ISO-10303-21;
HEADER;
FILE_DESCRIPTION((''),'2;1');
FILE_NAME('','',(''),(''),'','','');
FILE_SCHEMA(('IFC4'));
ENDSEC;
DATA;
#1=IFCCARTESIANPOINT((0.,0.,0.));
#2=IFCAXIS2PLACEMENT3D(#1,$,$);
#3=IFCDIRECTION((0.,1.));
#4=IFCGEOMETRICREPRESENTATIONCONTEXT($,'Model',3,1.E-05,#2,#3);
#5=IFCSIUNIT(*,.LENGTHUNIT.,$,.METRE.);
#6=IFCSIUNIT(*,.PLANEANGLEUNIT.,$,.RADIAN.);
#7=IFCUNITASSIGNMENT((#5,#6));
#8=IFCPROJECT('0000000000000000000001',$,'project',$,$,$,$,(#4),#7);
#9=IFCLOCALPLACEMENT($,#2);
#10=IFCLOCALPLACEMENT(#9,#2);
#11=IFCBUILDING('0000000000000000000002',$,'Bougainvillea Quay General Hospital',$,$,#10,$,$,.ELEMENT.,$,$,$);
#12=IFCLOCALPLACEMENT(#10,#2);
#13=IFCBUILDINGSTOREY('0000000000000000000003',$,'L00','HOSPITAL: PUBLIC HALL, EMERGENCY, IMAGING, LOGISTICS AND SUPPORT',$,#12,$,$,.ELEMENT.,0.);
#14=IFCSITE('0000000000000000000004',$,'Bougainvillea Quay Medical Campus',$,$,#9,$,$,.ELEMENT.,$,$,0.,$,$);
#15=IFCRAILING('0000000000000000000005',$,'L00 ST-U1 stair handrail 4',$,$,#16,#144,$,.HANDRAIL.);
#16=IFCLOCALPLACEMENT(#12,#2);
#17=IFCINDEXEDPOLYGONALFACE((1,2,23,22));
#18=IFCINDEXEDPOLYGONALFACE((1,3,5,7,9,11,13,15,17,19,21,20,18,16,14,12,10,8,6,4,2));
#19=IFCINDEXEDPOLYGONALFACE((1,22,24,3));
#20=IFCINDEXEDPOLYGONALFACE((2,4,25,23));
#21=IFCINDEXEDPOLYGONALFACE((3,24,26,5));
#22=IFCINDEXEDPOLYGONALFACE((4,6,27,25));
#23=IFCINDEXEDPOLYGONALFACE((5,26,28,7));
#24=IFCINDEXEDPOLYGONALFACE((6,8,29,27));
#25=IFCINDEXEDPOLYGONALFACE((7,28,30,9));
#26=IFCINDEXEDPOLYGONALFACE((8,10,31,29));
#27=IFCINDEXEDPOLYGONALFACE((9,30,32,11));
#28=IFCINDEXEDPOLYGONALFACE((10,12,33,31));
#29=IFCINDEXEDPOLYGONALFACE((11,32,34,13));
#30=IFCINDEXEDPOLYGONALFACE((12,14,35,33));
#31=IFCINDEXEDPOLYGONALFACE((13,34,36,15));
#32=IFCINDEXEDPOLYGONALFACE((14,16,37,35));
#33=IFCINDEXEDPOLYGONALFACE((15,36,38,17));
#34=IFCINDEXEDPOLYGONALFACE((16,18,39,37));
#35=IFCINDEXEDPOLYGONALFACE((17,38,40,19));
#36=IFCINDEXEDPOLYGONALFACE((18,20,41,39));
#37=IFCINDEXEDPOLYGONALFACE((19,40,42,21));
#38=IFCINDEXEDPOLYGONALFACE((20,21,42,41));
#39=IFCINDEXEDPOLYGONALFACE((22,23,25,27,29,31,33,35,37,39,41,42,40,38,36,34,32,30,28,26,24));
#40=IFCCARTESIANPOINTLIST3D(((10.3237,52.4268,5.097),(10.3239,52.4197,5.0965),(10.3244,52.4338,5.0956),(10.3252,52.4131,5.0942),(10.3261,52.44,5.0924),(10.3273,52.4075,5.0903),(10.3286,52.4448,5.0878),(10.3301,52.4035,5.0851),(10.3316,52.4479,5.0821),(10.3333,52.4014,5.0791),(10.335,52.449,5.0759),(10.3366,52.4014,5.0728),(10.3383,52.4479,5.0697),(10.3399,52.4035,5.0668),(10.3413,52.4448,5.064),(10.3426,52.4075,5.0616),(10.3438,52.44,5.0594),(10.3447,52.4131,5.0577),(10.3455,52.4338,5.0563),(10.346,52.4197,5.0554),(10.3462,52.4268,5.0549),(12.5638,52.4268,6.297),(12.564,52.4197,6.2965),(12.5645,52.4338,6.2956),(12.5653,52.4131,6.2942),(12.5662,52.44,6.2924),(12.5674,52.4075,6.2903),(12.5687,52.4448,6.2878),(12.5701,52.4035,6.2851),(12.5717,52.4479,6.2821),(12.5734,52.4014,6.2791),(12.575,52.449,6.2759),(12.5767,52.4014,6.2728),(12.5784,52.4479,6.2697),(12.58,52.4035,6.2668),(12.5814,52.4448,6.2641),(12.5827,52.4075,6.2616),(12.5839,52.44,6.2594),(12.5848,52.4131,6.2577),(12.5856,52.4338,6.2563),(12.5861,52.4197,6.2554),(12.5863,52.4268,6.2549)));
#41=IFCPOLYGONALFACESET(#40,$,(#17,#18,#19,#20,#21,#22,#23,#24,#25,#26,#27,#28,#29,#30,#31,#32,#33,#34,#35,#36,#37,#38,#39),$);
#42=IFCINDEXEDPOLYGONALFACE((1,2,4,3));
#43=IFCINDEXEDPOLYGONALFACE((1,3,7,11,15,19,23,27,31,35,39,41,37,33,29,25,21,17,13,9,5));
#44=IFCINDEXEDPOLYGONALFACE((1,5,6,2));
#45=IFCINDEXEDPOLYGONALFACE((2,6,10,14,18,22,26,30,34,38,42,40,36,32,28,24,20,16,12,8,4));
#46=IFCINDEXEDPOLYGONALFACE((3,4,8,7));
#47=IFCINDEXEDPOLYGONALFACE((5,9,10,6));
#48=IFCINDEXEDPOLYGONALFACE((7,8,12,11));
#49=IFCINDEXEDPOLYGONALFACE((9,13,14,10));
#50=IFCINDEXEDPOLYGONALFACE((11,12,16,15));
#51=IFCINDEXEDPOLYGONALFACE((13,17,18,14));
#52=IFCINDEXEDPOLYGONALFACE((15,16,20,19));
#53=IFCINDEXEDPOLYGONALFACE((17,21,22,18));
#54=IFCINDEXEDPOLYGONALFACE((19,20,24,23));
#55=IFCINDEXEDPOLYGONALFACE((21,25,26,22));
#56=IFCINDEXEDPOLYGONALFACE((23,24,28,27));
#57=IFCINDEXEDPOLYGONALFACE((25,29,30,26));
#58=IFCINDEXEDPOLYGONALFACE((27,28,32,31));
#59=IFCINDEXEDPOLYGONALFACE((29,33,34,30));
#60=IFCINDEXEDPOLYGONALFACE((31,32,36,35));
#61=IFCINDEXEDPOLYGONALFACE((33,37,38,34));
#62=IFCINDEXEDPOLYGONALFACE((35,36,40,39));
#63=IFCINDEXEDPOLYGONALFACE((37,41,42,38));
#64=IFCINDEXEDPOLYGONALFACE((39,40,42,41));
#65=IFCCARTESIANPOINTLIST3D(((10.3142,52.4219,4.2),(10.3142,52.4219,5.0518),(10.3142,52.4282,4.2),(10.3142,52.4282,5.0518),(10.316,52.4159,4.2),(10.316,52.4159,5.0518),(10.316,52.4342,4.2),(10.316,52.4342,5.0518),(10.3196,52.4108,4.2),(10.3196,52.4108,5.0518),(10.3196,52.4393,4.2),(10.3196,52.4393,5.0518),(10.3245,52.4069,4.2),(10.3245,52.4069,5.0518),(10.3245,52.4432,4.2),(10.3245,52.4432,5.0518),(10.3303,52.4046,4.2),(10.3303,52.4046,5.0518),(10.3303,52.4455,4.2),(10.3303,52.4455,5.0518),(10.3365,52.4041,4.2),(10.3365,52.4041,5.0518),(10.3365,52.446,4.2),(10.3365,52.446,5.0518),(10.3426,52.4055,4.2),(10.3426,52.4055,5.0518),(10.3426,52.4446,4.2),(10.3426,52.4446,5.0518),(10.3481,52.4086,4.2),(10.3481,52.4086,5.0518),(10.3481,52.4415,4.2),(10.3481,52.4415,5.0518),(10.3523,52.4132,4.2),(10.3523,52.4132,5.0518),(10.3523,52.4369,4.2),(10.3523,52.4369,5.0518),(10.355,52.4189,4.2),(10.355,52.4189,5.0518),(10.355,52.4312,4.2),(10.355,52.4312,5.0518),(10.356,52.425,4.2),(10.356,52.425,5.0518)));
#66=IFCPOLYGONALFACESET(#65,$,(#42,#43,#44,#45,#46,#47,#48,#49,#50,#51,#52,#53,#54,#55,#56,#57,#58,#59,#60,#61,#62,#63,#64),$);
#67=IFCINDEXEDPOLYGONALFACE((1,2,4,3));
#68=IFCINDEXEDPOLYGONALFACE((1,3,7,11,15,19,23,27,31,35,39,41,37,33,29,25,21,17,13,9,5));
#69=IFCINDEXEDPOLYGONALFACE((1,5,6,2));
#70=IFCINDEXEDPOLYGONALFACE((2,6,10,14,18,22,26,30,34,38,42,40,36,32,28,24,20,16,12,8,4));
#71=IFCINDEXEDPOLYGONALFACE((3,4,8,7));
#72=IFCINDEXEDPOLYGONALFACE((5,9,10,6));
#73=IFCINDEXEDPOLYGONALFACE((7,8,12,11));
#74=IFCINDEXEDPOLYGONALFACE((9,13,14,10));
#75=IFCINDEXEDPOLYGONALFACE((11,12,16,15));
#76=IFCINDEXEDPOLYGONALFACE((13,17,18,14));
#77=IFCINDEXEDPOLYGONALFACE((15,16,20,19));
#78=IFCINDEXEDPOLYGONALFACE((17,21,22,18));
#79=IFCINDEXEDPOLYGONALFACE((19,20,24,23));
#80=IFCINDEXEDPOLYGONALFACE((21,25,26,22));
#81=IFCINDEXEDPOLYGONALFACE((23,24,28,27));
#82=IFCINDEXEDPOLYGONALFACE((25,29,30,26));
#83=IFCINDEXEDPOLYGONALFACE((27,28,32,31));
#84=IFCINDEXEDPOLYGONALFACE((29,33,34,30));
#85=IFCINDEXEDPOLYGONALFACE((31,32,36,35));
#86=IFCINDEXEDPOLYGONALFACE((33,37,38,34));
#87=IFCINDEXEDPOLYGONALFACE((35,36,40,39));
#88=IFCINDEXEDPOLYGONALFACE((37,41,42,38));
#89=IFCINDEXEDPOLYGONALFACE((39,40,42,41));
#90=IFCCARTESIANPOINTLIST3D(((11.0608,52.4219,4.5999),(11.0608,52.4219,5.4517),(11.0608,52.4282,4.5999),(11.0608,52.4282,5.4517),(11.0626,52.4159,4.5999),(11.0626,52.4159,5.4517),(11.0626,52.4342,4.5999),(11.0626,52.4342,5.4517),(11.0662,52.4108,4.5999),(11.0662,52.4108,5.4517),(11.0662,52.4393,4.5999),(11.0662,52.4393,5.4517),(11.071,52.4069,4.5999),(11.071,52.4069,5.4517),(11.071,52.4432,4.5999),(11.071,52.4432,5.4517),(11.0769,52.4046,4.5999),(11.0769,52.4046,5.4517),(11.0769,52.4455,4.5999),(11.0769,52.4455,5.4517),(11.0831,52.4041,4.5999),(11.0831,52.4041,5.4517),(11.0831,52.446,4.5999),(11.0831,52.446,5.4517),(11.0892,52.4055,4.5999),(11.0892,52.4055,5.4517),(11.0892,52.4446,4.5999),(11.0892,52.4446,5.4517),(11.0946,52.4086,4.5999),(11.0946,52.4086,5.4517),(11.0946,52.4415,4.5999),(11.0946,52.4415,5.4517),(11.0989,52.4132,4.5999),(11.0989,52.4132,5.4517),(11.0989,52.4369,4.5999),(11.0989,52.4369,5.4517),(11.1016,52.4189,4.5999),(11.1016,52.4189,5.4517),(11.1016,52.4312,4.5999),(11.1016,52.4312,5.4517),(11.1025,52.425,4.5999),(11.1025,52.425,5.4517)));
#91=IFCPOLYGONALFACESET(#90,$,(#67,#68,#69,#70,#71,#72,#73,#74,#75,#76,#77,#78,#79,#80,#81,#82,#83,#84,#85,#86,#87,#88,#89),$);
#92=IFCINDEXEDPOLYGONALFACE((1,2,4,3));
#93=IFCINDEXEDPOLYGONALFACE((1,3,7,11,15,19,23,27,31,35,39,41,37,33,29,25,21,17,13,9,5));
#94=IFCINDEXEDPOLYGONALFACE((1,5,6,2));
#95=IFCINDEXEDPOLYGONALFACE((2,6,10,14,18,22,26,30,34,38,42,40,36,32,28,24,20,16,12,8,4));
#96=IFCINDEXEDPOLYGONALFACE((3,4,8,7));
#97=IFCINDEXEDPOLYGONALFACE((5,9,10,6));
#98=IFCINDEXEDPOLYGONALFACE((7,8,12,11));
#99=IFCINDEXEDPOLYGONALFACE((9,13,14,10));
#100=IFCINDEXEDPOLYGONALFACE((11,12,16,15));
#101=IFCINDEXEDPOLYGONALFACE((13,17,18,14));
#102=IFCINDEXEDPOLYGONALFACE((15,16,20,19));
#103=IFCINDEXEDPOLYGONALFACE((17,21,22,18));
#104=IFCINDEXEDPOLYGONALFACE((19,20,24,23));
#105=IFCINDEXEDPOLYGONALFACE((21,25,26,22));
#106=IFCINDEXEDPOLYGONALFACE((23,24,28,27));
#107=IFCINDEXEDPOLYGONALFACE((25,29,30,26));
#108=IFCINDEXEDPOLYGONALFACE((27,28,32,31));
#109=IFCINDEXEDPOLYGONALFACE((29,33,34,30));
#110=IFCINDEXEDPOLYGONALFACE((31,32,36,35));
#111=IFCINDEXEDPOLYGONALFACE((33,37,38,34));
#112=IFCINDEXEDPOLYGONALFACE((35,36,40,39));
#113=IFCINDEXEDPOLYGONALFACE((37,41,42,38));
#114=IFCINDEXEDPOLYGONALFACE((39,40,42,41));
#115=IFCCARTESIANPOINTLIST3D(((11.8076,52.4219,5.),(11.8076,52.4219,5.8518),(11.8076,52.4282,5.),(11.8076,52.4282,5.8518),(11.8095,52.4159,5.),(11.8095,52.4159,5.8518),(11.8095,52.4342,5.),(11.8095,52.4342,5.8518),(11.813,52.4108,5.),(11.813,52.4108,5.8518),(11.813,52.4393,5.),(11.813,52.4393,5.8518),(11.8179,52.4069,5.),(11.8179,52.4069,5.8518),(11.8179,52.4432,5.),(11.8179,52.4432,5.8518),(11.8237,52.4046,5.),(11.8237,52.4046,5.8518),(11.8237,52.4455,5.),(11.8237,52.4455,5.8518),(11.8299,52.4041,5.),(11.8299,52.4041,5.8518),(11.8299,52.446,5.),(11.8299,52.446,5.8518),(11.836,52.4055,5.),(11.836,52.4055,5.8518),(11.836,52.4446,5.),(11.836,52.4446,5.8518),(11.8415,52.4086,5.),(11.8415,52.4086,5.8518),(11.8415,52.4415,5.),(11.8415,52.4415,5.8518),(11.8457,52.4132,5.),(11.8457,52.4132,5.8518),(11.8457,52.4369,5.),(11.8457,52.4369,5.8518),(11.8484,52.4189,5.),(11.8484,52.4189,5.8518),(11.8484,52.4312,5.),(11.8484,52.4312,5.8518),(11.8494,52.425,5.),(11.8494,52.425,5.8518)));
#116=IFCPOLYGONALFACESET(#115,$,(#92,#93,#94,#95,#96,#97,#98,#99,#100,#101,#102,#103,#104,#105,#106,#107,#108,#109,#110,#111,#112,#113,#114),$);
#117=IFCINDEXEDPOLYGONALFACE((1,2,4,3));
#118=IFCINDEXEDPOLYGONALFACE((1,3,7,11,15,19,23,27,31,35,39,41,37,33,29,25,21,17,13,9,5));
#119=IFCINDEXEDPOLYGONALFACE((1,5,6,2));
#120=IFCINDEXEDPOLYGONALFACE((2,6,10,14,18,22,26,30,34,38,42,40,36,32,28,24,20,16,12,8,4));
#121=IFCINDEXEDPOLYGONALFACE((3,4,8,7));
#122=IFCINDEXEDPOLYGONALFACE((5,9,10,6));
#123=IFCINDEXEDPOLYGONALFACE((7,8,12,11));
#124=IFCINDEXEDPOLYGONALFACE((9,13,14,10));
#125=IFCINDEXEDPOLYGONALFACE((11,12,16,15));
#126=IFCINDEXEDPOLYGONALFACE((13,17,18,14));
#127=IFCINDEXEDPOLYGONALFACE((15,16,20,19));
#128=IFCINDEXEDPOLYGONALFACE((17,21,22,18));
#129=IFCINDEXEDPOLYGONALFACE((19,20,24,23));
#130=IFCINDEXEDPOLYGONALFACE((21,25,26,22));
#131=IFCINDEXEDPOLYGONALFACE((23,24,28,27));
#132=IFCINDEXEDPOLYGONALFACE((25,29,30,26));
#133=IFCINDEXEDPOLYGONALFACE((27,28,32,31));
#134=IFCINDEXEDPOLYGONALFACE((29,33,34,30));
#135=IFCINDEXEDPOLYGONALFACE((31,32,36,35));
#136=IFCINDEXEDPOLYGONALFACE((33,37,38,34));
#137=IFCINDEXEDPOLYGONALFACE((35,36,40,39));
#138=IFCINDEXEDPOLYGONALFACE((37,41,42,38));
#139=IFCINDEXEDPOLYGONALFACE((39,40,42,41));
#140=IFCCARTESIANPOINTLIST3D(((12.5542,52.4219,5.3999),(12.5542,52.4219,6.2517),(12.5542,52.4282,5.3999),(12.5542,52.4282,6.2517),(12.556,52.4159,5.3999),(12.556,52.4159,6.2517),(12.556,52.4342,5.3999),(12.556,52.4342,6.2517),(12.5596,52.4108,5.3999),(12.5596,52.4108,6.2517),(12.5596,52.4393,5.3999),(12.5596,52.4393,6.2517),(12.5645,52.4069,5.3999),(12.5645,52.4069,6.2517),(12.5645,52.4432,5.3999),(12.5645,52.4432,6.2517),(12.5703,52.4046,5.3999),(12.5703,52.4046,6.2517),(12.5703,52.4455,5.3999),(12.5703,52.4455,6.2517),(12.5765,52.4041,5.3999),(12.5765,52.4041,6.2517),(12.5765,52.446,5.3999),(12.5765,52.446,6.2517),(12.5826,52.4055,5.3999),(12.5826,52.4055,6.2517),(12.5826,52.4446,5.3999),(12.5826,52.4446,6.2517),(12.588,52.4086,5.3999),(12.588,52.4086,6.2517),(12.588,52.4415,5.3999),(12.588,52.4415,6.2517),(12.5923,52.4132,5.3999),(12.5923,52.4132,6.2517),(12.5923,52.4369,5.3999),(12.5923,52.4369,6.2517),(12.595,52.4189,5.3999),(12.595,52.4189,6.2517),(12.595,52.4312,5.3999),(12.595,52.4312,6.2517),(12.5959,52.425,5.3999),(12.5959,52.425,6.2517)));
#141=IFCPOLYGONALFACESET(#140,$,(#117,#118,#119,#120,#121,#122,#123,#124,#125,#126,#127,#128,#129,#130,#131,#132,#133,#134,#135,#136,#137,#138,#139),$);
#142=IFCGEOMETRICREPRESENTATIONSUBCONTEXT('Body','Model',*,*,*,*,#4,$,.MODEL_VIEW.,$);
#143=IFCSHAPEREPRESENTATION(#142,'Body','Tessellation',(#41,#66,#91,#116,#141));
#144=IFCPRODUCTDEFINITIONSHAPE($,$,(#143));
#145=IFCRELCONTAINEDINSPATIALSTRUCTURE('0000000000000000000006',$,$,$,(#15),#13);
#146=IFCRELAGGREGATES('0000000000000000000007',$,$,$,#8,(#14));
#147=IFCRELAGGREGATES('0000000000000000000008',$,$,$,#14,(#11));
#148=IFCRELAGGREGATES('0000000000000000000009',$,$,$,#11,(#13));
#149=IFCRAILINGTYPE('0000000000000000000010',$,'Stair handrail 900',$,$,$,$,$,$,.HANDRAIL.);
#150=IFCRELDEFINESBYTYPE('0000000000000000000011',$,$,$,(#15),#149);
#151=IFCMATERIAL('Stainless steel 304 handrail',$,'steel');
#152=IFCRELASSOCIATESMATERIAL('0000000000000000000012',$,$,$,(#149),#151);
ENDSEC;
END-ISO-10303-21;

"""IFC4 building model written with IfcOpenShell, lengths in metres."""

from ifc_helpers import new_model, si_unit, direction, frame, origin, origin_2d, place, context, subcontext, project, spatial, circle, extrude, material, type_object, element, save


model = new_model("IFC4")

# Units and contexts
model_context = context("Model", 3, precision=1e-05, world=origin(), true_north=direction((0.0, 1.0)))
body_context = subcontext(model_context, "Body", "Model", "MODEL_VIEW")
ifc_project = project(units=[si_unit("LENGTHUNIT", "METRE"), si_unit("PLANEANGLEUNIT", "RADIAN")], contexts=[model_context])

# Site, building, storey
site_placement = place(None, origin())
site = spatial("IfcSite", under=ifc_project, at=site_placement, Name="Bougainvillea Quay Medical Campus", CompositionType="ELEMENT", RefElevation=0.0)
building_placement = place(site_placement, origin())
building = spatial("IfcBuilding", under=site, at=building_placement, Name="Bougainvillea Quay General Hospital", CompositionType="ELEMENT")
storey_placement = place(building_placement, origin())
storey = spatial("IfcBuildingStorey", under=building, at=storey_placement, Name="L00", Description="HOSPITAL: PUBLIC HALL, EMERGENCY, IMAGING, LOGISTICS AND SUPPORT", CompositionType="ELEMENT", Elevation=0.0)

# Railing
ifc_material_1 = material(Name="Stainless steel 304 handrail", Category="steel")
railing_type_1 = type_object("IfcRailingType", Name="Stair handrail 900", PredefinedType="HANDRAIL", material=ifc_material_1)
for number, where, name in (
    (1, (10.335, 52.425, 4.2), "L00 ST-U1 stair handrail 4"),
):
    element("IfcRailing", number, at=place(storey_placement, frame(where)), inside=storey, type_object=railing_type_1, Name=name, PredefinedType="HANDRAIL", context=body_context, shape_type="SweptSolid", body=[
        extrude(circle(Radius=0.0239, at=origin_2d()), frame((0.0, 0.0, 0.876), z_axis=(0.881487, 0.0, 0.472208), x_axis=(0.0, 1.0, 0.0)), (0.0, 0.0, 1.0), 2.5413),
        extrude(circle(Radius=0.021, at=origin_2d()), origin(), (0.0, 0.0, 1.0), 0.8518),
        extrude(circle(Radius=0.021, at=origin_2d()), frame((0.7466, 0.0, 0.3999)), (0.0, 0.0, 1.0), 0.8518),
        extrude(circle(Radius=0.021, at=origin_2d()), frame((1.4934, 0.0, 0.8)), (0.0, 0.0, 1.0), 0.8518),
        extrude(circle(Radius=0.021, at=origin_2d()), frame((2.24, 0.0, 1.2)), (0.0, 0.0, 1.0), 0.8518),
    ])

save(model, "model.ifc")
